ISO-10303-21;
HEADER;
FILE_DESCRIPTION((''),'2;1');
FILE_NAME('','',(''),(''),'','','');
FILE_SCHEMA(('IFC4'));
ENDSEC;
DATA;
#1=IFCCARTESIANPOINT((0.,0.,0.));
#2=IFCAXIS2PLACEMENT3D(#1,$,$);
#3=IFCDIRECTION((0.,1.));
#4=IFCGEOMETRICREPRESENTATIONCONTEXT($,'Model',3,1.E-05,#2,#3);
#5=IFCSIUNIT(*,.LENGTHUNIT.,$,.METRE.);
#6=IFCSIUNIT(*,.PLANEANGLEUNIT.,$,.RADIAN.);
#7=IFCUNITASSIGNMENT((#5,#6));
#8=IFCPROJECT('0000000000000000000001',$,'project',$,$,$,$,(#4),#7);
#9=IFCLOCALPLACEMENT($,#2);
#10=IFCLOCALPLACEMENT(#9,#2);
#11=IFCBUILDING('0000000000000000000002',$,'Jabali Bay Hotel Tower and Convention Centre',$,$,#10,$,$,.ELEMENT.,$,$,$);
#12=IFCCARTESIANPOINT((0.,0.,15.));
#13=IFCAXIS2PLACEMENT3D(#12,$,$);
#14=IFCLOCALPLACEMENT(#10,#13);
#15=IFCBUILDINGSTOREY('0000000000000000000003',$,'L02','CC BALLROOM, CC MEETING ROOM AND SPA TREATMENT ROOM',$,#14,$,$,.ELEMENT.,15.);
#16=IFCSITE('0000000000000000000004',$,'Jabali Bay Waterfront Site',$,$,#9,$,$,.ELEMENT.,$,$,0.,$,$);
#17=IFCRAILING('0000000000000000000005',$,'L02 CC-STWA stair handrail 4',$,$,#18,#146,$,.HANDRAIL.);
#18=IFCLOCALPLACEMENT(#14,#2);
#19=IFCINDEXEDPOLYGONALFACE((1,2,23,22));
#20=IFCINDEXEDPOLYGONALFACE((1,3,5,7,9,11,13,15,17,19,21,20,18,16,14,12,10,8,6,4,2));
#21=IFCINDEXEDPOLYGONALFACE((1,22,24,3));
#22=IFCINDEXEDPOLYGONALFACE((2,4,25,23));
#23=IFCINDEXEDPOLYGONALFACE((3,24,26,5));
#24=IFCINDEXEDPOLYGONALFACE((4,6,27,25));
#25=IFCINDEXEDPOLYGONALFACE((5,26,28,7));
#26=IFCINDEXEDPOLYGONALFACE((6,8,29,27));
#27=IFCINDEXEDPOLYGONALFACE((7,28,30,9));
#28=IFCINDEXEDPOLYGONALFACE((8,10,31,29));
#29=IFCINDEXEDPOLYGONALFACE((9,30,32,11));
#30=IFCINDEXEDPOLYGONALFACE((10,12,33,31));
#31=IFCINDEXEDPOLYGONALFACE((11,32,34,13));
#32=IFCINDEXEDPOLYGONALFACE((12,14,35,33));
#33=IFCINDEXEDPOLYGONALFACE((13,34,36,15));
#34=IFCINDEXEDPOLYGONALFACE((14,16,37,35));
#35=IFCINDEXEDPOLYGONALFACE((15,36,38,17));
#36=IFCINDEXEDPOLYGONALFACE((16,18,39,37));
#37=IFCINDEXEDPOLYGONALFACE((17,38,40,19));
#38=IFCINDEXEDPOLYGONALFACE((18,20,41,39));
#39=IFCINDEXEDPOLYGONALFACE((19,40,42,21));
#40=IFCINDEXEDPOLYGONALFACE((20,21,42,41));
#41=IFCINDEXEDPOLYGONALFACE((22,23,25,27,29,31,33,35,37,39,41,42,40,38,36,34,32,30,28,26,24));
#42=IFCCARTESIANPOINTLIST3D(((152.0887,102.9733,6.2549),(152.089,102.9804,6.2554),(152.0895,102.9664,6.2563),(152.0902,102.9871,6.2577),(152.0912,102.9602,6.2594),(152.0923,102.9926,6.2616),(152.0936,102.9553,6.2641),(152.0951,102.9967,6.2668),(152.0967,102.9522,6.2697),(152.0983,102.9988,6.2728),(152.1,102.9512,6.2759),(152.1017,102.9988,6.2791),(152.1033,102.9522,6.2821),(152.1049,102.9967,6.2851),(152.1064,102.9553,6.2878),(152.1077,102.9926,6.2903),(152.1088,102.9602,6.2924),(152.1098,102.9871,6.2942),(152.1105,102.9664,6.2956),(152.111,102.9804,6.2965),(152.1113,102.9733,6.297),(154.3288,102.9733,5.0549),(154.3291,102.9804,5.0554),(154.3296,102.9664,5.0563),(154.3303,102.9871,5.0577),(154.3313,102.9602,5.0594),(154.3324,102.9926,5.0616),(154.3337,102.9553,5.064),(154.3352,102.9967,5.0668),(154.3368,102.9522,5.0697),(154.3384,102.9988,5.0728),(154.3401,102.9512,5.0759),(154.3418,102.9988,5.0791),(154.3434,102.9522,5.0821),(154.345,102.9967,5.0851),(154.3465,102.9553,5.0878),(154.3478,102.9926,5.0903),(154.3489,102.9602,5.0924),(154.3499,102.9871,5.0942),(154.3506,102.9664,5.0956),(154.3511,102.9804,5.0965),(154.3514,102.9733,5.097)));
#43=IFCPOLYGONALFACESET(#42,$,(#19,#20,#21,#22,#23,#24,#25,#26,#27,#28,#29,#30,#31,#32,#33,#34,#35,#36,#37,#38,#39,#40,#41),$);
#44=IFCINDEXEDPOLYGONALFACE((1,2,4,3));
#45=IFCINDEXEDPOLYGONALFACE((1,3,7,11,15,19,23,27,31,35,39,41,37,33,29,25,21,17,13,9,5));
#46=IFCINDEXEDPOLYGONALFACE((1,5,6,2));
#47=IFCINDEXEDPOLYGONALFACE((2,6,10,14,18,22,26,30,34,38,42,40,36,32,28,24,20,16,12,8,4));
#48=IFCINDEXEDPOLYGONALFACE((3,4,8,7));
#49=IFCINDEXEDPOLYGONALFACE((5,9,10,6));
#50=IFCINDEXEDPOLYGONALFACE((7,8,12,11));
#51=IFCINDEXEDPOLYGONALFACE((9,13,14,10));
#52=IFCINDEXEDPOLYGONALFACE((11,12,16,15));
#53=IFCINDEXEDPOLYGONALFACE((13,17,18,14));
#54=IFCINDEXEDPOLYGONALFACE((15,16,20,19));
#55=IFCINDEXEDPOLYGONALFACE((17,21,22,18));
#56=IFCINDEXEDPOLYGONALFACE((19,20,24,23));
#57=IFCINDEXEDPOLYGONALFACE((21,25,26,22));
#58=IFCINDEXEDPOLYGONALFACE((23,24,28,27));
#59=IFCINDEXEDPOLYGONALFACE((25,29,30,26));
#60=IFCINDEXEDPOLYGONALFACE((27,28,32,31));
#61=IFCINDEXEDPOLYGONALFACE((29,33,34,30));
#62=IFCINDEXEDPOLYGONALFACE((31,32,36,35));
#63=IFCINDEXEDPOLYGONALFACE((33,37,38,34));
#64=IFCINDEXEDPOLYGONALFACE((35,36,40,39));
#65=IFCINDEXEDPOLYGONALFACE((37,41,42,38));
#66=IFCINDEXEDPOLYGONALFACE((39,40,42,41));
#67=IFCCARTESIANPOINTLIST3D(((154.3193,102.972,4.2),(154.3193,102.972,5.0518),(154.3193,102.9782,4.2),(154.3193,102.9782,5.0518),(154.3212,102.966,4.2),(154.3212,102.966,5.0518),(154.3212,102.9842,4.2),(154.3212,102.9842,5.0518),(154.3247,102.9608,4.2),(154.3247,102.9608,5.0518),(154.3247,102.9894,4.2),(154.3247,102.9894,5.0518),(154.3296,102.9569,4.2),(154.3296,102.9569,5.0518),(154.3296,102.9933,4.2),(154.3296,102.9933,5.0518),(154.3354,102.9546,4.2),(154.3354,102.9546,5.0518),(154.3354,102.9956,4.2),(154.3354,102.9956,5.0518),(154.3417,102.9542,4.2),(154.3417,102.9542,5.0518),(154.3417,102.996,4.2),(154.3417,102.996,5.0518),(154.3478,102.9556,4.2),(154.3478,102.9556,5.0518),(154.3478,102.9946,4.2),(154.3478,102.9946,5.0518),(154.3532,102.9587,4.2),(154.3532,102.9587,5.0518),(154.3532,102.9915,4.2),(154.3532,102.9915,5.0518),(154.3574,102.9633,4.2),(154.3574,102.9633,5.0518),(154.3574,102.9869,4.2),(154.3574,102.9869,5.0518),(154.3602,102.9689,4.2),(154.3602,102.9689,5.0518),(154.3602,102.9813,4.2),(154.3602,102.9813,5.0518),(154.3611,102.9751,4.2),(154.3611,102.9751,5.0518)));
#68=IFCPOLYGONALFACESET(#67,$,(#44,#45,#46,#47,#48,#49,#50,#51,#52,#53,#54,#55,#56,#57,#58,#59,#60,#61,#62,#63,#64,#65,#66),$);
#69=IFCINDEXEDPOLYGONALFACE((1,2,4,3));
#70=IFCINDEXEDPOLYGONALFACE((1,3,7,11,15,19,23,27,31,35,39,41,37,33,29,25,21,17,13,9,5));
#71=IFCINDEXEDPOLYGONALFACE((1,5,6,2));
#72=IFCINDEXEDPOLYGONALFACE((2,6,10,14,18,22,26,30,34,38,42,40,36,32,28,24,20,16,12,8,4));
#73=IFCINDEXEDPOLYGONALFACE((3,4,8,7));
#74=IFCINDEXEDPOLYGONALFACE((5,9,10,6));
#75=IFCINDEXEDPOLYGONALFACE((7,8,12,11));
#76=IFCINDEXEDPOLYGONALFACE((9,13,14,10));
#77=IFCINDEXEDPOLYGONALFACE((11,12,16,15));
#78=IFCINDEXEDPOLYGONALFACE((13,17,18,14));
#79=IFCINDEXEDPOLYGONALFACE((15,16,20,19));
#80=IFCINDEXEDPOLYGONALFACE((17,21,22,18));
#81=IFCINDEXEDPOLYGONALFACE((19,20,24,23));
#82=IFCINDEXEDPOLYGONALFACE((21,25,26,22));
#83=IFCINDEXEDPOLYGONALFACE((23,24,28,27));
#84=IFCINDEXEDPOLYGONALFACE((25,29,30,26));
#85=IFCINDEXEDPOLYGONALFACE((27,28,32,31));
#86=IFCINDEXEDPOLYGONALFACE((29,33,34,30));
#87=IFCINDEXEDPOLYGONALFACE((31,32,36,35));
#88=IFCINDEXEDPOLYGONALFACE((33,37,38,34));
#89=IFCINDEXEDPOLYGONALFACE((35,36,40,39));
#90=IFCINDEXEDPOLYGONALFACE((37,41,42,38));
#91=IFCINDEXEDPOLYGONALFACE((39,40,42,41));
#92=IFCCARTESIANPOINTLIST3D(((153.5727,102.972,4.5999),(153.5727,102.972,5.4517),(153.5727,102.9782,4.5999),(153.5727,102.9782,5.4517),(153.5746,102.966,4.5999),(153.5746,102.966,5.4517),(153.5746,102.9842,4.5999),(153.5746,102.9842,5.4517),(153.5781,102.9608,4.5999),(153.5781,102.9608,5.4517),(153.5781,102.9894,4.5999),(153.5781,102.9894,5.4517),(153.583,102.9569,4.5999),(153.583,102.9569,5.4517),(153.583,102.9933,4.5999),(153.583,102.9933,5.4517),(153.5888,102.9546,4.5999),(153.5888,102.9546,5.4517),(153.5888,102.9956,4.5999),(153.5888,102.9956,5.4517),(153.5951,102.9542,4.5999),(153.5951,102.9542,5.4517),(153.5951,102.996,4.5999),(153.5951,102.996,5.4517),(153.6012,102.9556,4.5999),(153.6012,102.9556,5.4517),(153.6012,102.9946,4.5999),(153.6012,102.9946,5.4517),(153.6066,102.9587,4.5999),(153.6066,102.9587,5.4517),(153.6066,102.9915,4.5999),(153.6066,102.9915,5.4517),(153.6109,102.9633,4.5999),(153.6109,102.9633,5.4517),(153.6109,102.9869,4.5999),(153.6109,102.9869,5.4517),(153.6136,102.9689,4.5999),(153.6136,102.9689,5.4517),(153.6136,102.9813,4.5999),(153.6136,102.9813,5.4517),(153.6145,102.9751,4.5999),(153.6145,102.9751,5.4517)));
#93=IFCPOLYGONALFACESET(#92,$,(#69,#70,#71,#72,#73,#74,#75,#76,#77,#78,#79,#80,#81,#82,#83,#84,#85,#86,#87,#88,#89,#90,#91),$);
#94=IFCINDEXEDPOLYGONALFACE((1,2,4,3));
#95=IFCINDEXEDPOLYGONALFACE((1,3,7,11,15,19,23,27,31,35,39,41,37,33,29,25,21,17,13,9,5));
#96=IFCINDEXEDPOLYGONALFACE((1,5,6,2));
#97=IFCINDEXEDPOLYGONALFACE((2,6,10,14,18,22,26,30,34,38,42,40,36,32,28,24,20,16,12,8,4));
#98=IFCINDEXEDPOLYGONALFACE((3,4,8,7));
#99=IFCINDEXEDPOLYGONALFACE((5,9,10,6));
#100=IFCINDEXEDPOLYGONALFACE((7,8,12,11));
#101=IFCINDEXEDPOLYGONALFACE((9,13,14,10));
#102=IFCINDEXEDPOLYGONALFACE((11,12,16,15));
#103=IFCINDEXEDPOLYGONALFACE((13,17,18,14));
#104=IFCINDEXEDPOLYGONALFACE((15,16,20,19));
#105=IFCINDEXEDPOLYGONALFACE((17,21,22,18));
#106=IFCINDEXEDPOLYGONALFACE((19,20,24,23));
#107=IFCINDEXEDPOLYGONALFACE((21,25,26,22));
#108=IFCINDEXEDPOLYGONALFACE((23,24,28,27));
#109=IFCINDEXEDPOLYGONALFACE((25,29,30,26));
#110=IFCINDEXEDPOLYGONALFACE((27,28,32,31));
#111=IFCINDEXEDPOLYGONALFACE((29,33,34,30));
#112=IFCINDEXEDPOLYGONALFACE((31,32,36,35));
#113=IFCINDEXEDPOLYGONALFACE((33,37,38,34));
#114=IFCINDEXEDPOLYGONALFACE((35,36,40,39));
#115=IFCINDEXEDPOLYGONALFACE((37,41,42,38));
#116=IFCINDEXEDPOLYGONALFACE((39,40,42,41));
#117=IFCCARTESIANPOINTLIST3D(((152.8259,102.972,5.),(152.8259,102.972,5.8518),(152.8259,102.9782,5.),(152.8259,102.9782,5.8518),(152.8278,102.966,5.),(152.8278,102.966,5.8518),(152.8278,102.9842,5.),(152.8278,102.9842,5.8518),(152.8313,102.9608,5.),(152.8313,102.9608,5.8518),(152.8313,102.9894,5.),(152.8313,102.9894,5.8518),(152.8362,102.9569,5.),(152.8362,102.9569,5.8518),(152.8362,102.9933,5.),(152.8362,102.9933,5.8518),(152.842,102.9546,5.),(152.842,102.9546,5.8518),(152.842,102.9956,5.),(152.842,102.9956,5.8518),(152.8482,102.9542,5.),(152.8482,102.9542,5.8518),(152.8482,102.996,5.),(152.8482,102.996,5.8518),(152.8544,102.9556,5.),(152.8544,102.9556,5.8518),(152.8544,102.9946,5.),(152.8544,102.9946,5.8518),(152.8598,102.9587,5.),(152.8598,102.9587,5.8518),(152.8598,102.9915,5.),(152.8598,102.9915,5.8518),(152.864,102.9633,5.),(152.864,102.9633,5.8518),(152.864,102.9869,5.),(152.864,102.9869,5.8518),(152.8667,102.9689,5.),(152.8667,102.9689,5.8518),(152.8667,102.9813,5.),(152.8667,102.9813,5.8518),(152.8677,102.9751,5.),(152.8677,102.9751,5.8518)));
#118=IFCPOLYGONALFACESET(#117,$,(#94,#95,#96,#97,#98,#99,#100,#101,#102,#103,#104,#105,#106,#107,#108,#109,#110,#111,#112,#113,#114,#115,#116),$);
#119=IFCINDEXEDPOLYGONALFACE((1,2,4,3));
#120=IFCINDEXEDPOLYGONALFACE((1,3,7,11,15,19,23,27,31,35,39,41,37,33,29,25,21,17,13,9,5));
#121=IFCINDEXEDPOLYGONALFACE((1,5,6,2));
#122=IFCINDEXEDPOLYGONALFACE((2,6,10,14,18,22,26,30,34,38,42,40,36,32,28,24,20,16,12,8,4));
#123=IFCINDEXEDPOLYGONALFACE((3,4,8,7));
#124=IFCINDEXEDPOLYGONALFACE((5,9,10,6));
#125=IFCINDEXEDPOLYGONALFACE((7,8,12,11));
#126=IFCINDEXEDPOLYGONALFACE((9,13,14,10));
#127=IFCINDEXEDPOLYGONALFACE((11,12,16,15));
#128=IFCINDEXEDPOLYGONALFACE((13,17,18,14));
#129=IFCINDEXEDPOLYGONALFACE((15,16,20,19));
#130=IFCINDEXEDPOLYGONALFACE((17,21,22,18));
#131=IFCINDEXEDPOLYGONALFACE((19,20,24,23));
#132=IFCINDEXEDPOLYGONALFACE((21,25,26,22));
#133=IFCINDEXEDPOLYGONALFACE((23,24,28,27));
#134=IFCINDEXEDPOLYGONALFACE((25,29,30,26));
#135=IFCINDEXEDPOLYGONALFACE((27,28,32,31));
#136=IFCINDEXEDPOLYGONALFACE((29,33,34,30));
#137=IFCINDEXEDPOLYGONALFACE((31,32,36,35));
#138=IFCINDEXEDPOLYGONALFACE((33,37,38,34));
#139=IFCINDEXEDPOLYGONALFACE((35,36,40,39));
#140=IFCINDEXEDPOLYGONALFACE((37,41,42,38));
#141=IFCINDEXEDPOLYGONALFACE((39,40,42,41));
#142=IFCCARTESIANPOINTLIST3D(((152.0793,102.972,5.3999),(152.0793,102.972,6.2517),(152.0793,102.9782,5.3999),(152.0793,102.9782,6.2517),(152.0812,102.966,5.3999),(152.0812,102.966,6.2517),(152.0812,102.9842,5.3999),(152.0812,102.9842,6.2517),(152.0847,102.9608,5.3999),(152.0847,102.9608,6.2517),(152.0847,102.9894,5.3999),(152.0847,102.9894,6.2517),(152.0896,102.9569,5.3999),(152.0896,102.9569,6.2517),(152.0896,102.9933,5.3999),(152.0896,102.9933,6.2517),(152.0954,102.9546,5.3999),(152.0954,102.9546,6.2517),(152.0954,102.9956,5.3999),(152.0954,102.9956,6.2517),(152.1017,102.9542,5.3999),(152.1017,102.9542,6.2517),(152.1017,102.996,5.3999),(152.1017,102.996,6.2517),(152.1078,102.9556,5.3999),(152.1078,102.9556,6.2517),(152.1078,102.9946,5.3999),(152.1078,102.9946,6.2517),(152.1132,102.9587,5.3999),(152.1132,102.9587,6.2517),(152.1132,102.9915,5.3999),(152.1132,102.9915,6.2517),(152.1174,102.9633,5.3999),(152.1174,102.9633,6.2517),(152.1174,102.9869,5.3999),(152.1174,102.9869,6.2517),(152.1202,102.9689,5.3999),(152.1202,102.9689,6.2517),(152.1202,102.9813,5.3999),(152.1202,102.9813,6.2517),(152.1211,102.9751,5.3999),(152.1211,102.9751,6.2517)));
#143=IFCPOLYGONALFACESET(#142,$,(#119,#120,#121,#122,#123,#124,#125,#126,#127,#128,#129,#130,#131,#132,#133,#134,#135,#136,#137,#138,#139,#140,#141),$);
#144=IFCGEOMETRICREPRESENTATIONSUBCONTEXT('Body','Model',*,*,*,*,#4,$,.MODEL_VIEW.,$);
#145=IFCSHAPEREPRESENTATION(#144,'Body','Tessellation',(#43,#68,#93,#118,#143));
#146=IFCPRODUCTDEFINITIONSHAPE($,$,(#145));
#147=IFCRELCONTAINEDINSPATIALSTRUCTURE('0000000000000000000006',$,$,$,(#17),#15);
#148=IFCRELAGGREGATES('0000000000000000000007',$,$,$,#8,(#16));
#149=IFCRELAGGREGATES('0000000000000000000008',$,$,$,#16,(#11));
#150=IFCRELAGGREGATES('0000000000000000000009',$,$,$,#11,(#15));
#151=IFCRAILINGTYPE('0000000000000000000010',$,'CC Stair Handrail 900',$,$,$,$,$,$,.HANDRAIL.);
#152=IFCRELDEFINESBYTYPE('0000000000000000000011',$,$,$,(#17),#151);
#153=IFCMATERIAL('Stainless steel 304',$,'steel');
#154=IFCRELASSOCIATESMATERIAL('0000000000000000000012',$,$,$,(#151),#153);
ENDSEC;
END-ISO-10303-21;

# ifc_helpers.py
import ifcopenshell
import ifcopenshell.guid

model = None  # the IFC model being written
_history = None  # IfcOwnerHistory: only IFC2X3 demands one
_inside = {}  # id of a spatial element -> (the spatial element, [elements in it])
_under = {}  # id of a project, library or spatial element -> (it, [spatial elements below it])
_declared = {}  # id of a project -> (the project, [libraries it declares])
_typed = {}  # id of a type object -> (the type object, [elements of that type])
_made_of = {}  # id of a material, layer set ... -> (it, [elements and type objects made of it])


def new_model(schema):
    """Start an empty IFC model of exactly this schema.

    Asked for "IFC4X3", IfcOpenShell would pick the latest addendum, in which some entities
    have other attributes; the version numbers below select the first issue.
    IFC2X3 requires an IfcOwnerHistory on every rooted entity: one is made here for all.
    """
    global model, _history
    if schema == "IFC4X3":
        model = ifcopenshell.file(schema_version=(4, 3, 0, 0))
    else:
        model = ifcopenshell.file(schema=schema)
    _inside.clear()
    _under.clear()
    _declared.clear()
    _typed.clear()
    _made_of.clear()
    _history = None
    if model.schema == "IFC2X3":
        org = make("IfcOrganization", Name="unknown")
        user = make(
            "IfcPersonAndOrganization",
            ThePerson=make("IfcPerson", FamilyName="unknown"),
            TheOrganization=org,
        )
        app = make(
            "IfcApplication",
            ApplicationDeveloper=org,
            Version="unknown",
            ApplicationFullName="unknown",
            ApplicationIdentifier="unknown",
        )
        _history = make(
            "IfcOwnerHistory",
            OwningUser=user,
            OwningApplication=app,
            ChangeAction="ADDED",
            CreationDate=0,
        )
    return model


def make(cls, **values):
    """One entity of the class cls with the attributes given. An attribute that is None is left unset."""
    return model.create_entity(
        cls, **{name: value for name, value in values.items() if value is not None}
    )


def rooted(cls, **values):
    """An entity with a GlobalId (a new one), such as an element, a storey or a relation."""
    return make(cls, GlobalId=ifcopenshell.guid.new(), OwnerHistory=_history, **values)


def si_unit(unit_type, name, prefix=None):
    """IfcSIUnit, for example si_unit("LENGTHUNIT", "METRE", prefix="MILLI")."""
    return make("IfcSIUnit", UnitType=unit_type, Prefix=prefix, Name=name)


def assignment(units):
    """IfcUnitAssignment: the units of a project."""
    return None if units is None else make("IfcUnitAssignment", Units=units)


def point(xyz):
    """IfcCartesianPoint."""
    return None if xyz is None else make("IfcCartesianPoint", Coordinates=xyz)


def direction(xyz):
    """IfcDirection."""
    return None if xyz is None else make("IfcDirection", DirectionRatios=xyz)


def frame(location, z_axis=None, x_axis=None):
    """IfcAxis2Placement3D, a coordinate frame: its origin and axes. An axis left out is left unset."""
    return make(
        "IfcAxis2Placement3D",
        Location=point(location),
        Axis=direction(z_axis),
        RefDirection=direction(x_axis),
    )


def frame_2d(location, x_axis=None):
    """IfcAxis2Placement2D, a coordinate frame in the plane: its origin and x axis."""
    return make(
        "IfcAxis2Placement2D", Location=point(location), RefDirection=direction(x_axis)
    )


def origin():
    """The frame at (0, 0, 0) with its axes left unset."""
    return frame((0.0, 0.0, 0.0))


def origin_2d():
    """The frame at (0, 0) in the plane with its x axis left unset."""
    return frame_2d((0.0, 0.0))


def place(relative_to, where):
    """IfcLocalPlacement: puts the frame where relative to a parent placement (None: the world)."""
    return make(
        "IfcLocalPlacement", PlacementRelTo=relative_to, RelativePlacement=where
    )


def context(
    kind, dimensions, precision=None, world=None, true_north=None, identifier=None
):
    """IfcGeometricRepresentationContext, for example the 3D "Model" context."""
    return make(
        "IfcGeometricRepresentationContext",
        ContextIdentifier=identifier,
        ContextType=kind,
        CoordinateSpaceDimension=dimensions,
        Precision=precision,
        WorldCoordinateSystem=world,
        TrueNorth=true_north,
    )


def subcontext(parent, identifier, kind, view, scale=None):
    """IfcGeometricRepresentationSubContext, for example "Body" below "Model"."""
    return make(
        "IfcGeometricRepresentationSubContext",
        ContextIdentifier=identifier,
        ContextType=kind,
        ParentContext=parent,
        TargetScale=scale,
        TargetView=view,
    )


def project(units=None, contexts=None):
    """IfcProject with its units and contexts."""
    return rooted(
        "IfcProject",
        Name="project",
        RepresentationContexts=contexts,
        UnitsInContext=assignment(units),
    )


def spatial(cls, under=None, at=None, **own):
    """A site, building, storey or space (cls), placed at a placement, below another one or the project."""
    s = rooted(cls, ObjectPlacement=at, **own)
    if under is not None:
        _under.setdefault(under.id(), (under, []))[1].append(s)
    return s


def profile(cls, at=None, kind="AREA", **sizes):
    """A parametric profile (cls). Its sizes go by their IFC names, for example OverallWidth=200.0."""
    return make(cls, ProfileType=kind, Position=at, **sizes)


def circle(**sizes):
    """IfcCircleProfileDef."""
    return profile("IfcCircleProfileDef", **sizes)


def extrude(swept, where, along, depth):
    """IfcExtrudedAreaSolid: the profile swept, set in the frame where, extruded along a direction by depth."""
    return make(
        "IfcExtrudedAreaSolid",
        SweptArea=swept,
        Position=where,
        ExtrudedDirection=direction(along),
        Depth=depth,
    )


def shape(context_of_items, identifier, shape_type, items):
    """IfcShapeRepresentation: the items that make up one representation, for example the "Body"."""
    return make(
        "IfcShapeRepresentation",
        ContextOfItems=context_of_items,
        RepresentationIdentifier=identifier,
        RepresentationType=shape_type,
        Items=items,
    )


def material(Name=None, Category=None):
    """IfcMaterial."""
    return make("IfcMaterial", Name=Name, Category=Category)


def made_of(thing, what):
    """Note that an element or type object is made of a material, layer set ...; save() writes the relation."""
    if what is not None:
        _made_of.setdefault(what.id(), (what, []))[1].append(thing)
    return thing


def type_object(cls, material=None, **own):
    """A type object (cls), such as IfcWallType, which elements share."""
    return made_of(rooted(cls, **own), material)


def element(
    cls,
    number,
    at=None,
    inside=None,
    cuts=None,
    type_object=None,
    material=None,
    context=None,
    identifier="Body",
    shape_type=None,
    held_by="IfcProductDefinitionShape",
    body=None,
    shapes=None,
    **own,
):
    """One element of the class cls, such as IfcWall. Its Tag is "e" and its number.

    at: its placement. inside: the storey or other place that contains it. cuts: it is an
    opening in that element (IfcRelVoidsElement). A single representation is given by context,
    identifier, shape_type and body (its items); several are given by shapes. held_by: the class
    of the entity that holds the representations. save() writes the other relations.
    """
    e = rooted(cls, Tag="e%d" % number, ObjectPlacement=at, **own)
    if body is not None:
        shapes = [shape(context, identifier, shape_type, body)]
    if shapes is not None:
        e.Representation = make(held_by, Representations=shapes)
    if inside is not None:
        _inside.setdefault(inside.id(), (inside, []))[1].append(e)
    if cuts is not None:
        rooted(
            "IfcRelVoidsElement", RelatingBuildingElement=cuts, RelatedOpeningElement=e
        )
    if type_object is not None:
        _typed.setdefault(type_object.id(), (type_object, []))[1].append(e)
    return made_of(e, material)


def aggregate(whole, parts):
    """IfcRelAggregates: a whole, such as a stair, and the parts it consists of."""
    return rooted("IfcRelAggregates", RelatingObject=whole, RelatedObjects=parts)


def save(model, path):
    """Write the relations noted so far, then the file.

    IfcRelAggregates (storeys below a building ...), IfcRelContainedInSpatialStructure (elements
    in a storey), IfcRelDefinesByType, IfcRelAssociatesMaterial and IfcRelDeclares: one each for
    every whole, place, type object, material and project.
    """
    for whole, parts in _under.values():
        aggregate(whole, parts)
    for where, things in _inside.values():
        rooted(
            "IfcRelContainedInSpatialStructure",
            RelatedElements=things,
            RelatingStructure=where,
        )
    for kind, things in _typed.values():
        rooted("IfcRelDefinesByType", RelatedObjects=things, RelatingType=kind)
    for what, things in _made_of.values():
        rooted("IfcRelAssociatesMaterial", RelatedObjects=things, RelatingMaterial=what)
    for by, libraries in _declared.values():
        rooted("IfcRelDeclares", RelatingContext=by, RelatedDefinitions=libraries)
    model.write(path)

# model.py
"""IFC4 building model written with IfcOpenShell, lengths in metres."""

from ifc_helpers import new_model, si_unit, direction, frame, origin, origin_2d, place, context, subcontext, project, spatial, circle, extrude, material, type_object, element, save


model = new_model("IFC4")

# Units and contexts
model_context = context("Model", 3, precision=1e-05, world=origin(), true_north=direction((0.0, 1.0)))
body_context = subcontext(model_context, "Body", "Model", "MODEL_VIEW")
ifc_project = project(units=[si_unit("LENGTHUNIT", "METRE"), si_unit("PLANEANGLEUNIT", "RADIAN")], contexts=[model_context])

# Site, building, storey
site_placement = place(None, origin())
site = spatial("IfcSite", under=ifc_project, at=site_placement, Name="Jabali Bay Waterfront Site", CompositionType="ELEMENT", RefElevation=0.0)
building_placement = place(site_placement, origin())
building = spatial("IfcBuilding", under=site, at=building_placement, Name="Jabali Bay Hotel Tower and Convention Centre", CompositionType="ELEMENT")
storey_placement = place(building_placement, frame((0.0, 0.0, 15.0)))
storey = spatial("IfcBuildingStorey", under=building, at=storey_placement, Name="L02", Description="CC BALLROOM, CC MEETING ROOM AND SPA TREATMENT ROOM", CompositionType="ELEMENT", Elevation=15.0)

# Railing
ifc_material_1 = material(Name="Stainless steel 304", Category="steel")
railing_type_1 = type_object("IfcRailingType", Name="CC Stair Handrail 900", PredefinedType="HANDRAIL", material=ifc_material_1)
for number, where, name in (
    (1, (154.3401, 102.9751, 4.2), "L02 CC-STWA stair handrail 4"),
):
    element("IfcRailing", number, at=place(storey_placement, frame(where)), inside=storey, type_object=railing_type_1, Name=name, PredefinedType="HANDRAIL", context=body_context, shape_type="SweptSolid", body=[
        extrude(circle(Radius=0.0239, at=origin_2d()), frame((0.0, 0.0, 0.876), z_axis=(-0.881487, 0.0, 0.472208), x_axis=(0.0, -1.0, 0.0)), (0.0, 0.0, 1.0), 2.5413),
        extrude(circle(Radius=0.021, at=origin_2d()), origin(), (0.0, 0.0, 1.0), 0.8518),
        extrude(circle(Radius=0.021, at=origin_2d()), frame((-0.7466, 0.0, 0.3999)), (0.0, 0.0, 1.0), 0.8518),
        extrude(circle(Radius=0.021, at=origin_2d()), frame((-1.4934, 0.0, 0.8)), (0.0, 0.0, 1.0), 0.8518),
        extrude(circle(Radius=0.021, at=origin_2d()), frame((-2.24, 0.0, 1.2)), (0.0, 0.0, 1.0), 0.8518),
    ])

save(model, "model.ifc")
